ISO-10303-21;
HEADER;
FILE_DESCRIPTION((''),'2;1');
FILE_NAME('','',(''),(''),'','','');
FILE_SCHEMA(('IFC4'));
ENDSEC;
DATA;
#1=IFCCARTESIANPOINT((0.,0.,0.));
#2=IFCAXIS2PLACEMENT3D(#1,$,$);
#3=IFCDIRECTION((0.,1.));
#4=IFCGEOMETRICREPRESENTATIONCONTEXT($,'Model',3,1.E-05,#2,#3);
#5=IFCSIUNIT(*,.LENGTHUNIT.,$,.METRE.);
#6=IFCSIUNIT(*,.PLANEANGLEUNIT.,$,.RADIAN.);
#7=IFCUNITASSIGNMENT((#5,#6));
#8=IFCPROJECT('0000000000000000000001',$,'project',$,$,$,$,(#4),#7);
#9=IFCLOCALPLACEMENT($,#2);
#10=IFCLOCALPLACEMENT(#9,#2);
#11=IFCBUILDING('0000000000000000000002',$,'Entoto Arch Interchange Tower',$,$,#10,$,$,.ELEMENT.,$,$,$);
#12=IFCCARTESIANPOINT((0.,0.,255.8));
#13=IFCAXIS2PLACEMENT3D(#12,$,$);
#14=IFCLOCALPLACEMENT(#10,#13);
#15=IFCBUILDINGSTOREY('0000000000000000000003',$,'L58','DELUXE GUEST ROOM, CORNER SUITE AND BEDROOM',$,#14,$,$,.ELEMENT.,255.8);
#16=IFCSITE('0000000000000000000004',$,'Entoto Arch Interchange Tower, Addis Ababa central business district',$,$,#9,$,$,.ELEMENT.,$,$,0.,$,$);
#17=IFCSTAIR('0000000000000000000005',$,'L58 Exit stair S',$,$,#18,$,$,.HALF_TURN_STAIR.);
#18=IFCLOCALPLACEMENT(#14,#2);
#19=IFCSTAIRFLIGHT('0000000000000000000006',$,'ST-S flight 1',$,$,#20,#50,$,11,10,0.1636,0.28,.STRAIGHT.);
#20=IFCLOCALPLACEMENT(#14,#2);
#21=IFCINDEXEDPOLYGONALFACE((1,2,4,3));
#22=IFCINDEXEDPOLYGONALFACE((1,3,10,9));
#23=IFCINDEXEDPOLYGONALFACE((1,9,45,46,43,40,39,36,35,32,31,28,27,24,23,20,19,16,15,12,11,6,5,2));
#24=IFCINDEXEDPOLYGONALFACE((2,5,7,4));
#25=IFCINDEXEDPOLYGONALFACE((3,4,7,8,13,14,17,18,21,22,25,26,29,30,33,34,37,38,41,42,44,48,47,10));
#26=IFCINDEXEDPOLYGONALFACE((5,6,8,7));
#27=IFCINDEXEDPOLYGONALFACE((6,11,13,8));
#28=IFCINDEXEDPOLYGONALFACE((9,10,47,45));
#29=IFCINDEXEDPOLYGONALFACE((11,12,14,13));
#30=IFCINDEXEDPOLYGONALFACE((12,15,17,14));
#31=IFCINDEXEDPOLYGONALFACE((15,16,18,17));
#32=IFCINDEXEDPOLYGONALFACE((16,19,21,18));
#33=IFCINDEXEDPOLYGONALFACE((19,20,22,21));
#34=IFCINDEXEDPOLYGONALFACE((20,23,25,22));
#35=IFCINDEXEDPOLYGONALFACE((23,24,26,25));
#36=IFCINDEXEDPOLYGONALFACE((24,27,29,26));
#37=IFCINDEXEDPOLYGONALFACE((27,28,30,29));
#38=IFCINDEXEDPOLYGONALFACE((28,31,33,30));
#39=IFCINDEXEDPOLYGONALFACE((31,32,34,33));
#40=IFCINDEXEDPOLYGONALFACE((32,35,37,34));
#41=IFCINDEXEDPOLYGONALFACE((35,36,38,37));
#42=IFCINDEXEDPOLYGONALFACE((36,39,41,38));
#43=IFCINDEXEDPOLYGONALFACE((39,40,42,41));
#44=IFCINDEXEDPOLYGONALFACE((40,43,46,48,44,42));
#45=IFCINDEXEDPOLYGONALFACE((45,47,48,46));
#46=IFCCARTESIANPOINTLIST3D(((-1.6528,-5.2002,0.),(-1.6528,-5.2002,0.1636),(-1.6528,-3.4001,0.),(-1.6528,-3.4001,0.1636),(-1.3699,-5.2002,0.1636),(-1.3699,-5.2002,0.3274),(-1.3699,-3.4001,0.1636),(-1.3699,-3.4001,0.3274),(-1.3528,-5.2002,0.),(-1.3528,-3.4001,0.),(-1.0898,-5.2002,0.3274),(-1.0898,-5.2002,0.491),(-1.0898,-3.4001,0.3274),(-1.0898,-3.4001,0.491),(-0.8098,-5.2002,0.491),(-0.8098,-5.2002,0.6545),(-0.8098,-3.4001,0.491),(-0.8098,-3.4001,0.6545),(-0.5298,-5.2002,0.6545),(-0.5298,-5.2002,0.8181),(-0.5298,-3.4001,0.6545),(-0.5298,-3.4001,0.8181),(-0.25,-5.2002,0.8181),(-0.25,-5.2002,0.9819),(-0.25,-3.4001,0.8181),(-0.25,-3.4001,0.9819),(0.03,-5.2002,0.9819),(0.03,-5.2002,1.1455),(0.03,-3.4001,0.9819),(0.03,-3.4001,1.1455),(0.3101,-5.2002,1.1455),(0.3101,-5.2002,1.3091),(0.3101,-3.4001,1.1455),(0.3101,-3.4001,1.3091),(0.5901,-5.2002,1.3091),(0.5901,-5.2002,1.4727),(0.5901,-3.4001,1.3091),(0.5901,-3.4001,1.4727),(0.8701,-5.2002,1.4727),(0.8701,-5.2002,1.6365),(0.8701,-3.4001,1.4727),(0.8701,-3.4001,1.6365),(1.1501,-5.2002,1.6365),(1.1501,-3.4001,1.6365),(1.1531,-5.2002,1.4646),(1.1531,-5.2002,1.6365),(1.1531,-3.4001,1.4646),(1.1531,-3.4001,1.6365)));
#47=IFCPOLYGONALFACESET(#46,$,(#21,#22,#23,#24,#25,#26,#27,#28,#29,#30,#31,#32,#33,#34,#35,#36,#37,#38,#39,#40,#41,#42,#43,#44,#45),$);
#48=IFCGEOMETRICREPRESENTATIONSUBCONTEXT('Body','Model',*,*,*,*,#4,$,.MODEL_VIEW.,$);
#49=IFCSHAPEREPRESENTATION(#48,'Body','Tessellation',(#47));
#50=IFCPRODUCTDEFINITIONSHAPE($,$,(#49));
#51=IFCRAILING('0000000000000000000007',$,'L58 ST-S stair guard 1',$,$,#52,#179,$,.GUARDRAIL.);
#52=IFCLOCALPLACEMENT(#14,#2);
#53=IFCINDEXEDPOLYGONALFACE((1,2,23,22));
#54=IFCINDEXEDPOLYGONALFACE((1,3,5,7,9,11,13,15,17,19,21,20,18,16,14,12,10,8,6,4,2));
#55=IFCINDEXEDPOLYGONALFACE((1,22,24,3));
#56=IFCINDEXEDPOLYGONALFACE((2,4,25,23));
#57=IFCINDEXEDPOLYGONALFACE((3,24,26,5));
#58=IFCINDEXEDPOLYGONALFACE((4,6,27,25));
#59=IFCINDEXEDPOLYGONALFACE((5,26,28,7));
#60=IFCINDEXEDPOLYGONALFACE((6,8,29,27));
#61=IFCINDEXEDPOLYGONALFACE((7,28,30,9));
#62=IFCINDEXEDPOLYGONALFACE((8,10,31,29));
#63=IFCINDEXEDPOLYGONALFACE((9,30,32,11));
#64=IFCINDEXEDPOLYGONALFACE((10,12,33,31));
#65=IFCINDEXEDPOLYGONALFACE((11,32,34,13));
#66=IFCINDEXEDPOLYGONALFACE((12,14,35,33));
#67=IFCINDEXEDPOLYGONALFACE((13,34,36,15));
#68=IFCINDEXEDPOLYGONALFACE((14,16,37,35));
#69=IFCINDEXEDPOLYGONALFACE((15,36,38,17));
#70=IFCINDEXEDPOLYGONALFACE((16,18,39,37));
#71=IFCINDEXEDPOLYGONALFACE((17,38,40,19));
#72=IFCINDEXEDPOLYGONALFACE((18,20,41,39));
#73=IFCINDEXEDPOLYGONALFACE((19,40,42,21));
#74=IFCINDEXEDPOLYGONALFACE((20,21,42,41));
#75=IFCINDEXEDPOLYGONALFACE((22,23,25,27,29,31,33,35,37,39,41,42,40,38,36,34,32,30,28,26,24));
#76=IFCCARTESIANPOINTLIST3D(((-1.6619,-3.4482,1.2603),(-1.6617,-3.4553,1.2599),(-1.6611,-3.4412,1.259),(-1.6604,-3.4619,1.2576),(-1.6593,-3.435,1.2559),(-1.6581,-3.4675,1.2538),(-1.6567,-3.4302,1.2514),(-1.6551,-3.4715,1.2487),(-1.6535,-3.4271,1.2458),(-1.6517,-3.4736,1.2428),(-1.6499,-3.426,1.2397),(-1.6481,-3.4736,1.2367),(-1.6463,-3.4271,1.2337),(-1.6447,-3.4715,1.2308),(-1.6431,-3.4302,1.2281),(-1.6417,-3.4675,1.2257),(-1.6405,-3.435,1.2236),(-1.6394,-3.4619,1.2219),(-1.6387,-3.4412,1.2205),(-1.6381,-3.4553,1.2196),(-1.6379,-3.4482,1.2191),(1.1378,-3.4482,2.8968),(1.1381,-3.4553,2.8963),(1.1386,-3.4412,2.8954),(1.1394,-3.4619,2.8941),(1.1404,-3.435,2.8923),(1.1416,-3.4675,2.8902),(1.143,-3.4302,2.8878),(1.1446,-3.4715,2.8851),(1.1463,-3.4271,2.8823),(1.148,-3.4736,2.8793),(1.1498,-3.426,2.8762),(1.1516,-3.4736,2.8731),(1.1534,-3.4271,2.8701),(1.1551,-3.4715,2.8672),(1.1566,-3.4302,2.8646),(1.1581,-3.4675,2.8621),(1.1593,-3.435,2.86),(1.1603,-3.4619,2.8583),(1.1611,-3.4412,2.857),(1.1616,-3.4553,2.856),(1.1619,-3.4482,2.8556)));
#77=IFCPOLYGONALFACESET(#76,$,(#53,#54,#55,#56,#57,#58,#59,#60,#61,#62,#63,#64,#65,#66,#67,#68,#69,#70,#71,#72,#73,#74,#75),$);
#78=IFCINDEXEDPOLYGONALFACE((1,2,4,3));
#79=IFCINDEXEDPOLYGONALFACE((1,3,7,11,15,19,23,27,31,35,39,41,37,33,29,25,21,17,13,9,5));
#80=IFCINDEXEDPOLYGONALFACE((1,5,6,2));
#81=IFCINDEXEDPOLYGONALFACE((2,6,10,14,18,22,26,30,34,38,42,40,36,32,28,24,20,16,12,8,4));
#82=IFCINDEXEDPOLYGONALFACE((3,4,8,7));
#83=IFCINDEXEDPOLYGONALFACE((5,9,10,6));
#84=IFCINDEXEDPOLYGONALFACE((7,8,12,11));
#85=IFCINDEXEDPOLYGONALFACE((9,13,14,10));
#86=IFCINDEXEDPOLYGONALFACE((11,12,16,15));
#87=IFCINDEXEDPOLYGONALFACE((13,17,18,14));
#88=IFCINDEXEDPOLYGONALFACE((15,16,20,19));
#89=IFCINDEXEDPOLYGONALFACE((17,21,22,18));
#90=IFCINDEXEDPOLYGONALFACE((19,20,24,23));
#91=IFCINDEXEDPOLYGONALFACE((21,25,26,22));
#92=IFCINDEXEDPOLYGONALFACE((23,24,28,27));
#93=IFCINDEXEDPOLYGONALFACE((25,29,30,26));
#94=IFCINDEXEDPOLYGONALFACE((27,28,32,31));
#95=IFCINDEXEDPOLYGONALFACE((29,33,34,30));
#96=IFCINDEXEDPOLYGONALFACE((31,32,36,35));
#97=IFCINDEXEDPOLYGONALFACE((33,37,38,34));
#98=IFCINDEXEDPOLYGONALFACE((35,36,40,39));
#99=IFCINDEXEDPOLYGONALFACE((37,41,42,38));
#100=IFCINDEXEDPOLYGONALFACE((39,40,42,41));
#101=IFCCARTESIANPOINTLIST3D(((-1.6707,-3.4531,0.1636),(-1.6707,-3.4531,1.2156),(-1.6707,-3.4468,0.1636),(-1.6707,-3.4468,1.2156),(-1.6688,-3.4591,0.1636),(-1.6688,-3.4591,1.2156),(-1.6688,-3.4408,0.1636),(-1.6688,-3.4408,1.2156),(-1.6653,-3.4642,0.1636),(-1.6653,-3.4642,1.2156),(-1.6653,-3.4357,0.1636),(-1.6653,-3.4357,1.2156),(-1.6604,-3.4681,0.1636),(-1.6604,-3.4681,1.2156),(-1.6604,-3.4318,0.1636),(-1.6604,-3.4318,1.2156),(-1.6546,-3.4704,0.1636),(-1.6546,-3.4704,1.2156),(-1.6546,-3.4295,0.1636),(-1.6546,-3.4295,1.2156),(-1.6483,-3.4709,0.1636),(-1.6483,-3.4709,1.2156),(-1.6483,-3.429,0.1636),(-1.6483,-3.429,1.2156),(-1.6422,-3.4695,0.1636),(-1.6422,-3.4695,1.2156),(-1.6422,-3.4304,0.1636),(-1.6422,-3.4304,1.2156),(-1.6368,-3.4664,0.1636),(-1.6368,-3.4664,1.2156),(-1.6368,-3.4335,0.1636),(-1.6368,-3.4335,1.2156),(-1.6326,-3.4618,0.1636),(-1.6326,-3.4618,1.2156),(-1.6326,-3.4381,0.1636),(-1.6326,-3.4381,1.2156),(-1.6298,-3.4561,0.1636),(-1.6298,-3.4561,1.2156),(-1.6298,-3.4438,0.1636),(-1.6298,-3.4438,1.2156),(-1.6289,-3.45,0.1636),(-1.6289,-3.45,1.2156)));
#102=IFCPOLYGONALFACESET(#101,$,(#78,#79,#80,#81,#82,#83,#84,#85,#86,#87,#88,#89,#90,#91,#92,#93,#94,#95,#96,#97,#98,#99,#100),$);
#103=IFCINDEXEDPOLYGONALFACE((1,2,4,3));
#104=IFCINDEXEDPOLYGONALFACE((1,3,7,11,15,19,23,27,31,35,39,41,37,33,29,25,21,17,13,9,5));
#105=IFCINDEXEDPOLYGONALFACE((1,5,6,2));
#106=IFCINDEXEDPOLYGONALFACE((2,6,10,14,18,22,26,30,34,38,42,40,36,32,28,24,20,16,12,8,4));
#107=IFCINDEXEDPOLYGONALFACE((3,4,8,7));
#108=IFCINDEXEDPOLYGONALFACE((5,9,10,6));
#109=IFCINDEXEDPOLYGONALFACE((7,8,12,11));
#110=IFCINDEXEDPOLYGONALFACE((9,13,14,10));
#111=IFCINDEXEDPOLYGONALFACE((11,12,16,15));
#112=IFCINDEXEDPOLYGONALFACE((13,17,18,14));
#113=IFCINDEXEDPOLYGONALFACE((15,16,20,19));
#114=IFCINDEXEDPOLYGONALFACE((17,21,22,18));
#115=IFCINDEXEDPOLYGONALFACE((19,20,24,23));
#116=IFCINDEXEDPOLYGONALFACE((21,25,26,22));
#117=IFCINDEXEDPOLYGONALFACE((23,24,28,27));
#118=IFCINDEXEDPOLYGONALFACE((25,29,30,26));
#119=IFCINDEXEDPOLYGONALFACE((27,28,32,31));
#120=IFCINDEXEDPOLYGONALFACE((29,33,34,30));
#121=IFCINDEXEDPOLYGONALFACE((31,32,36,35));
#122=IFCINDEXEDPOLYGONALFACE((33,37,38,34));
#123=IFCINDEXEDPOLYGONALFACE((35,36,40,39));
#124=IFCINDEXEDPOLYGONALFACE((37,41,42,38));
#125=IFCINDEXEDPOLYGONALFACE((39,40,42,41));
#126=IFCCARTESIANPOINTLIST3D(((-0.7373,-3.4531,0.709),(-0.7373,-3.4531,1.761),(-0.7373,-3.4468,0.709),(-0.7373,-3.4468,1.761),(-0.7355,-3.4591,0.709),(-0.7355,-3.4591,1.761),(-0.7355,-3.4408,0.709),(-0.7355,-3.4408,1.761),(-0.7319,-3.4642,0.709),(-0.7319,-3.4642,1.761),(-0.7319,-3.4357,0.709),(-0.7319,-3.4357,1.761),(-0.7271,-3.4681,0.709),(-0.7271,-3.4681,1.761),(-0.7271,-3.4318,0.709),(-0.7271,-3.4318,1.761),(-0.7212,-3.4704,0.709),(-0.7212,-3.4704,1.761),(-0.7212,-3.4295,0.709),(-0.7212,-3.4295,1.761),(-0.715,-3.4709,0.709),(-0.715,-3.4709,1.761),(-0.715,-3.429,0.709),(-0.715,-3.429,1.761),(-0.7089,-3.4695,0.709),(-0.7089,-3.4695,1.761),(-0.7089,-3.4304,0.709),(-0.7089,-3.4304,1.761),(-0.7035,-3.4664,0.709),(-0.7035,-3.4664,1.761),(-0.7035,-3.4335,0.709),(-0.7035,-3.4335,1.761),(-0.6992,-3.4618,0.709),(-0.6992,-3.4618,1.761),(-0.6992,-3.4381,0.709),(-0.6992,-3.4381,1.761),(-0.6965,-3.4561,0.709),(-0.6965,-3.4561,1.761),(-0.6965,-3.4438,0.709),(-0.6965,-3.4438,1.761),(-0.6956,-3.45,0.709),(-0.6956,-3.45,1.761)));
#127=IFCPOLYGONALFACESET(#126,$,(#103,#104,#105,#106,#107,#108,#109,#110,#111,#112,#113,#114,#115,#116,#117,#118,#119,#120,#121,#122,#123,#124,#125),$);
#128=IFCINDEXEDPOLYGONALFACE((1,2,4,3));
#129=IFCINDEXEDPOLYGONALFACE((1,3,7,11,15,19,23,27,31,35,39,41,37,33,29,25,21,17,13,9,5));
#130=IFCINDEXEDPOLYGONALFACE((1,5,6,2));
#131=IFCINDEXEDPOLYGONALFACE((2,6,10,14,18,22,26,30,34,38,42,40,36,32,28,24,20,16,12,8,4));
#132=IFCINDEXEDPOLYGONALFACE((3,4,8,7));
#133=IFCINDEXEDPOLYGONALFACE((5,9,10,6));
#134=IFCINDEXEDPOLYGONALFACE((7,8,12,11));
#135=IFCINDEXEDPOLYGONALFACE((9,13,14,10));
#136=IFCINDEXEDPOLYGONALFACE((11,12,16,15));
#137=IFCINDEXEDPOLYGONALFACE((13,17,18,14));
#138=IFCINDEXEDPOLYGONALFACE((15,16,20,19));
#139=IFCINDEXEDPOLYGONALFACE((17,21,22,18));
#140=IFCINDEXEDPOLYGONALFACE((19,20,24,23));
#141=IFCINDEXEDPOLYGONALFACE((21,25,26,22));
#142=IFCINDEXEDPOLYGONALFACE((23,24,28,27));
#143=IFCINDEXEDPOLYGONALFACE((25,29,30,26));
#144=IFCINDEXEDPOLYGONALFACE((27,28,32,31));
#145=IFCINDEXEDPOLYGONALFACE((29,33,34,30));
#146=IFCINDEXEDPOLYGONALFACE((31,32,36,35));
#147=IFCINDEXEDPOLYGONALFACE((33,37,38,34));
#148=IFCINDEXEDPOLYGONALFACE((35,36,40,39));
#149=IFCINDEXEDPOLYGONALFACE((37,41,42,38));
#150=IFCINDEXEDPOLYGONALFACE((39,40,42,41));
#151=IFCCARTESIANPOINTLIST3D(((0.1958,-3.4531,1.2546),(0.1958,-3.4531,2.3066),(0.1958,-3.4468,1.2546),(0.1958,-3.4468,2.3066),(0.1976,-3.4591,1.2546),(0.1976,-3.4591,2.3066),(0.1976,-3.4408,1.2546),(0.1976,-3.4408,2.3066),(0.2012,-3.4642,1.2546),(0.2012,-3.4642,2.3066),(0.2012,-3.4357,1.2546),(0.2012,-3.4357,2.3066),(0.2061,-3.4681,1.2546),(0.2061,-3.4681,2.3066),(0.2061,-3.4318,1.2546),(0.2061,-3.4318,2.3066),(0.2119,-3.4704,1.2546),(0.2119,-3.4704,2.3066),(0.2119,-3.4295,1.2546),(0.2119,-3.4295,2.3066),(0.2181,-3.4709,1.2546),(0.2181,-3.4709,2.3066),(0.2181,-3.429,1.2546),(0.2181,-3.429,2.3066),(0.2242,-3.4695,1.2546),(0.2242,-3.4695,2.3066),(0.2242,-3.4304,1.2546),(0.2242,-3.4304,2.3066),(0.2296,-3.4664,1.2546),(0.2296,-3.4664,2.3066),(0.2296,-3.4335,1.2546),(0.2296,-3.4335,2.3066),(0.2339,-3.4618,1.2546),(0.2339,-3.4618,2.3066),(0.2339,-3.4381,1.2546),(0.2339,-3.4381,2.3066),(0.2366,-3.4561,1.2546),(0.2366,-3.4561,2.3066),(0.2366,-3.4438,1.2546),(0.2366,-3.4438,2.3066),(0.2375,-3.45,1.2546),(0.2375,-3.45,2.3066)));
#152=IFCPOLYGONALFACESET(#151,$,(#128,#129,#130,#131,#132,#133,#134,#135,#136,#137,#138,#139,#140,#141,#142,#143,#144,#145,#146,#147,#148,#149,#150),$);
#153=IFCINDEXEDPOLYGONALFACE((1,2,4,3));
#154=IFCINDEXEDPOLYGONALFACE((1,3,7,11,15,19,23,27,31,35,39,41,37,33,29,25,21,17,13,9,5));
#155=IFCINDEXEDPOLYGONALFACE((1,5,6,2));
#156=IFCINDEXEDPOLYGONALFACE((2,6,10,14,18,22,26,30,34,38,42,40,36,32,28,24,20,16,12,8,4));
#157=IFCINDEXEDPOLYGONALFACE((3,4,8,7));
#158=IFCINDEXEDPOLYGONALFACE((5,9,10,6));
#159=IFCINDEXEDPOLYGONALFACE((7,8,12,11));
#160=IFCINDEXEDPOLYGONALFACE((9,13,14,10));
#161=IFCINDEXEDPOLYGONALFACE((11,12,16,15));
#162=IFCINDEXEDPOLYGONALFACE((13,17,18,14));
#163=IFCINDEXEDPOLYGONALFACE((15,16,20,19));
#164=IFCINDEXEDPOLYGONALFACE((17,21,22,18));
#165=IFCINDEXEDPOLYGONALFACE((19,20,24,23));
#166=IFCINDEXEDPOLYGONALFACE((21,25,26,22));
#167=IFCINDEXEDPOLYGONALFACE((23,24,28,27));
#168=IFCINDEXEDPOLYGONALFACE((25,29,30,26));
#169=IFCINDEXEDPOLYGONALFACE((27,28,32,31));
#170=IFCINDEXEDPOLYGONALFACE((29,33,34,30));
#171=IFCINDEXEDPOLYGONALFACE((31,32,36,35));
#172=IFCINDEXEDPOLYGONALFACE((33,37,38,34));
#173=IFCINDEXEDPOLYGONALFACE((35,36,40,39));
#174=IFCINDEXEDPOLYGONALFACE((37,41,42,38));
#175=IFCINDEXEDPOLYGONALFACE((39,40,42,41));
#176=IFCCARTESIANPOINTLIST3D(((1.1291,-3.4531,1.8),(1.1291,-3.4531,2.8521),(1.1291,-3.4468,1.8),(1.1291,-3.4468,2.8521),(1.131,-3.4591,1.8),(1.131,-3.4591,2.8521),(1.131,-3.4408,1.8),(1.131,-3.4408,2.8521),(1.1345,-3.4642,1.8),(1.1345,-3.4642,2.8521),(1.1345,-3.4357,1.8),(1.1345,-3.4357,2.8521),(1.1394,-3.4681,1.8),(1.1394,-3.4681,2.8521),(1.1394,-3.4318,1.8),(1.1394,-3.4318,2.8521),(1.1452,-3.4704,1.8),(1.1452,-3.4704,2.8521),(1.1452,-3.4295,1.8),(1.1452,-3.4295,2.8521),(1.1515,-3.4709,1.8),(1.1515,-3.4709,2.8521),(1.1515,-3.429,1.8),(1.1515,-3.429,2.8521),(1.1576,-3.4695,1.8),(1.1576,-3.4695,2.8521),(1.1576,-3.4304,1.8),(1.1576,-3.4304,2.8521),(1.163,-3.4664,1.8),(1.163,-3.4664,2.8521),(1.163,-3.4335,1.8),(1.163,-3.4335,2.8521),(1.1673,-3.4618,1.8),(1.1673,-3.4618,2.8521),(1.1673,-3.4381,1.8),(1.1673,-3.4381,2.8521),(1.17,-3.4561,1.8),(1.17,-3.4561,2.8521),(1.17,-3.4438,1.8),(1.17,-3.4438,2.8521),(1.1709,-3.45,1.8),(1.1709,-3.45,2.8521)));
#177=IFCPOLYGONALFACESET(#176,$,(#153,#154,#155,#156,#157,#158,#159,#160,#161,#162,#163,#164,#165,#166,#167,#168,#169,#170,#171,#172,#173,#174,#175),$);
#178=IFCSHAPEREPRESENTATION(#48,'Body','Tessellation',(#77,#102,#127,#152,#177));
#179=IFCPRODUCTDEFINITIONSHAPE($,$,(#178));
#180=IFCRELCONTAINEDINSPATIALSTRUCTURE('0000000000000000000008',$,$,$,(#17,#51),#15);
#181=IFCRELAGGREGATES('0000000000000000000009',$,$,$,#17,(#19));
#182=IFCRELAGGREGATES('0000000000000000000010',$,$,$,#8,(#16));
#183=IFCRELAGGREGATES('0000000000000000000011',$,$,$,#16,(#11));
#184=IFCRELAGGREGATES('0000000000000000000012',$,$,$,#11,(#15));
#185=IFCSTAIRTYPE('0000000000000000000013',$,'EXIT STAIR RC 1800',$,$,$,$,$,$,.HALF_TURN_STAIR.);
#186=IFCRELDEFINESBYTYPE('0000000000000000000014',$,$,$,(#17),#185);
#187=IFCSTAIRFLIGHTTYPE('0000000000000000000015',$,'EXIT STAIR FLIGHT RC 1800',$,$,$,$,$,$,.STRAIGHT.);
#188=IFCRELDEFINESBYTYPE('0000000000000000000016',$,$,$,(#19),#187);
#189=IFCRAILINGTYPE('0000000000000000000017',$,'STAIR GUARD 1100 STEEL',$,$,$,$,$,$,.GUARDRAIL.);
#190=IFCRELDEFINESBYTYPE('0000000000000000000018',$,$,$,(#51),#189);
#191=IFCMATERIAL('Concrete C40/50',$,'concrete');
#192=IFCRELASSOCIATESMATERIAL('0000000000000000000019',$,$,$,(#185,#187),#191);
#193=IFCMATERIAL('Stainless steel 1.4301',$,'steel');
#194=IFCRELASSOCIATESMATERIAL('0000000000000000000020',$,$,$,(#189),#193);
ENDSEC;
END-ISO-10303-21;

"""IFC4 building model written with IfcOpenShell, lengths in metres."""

from ifc_helpers import new_model, si_unit, direction, frame, origin, origin_2d, place, context, subcontext, project, spatial, polyline, circle, outline, extrude, material, type_object, element, aggregate, save


model = new_model("IFC4")

# Units and contexts
model_context = context("Model", 3, precision=1e-05, world=origin(), true_north=direction((0.0, 1.0)))
body_context = subcontext(model_context, "Body", "Model", "MODEL_VIEW")
ifc_project = project(units=[si_unit("LENGTHUNIT", "METRE"), si_unit("PLANEANGLEUNIT", "RADIAN")], contexts=[model_context])

# Site, building, storey
site_placement = place(None, origin())
site = spatial("IfcSite", under=ifc_project, at=site_placement, Name="Entoto Arch Interchange Tower, Addis Ababa central business district", CompositionType="ELEMENT", RefElevation=0.0)
building_placement = place(site_placement, origin())
building = spatial("IfcBuilding", under=site, at=building_placement, Name="Entoto Arch Interchange Tower", CompositionType="ELEMENT")
storey_placement = place(building_placement, frame((0.0, 0.0, 255.8)))
storey = spatial("IfcBuildingStorey", under=building, at=storey_placement, Name="L58", Description="DELUXE GUEST ROOM, CORNER SUITE AND BEDROOM", CompositionType="ELEMENT", Elevation=255.8)

# Shared definitions
ifc_material_1 = material(Name="Concrete C40/50", Category="concrete")

# Stair, stair flight
stair_type = type_object("IfcStairType", Name="EXIT STAIR RC 1800", PredefinedType="HALF_TURN_STAIR", material=ifc_material_1)
stair_placement = place(storey_placement, origin())
stair = element("IfcStair", 1, at=stair_placement, inside=storey, type_object=stair_type, Name="L58 Exit stair S", PredefinedType="HALF_TURN_STAIR")
stair_flight_type = type_object("IfcStairFlightType", Name="EXIT STAIR FLIGHT RC 1800", PredefinedType="STRAIGHT", material=ifc_material_1)
stair_flight_placement = place(storey_placement, frame((-1.6499, -4.3, 0.0), z_axis=(0.0, 0.0, 1.0), x_axis=(1.0, 0.0, 0.0)))
stair_flight = element("IfcStairFlight", 2, at=stair_flight_placement, type_object=stair_flight_type, Name="ST-S flight 1", NumberOfRisers=11, NumberOfTreads=10, PredefinedType="STRAIGHT", RiserHeight=0.1636, TreadLength=0.28, context=body_context, shape_type="SweptSolid", body=[
    extrude(outline(polyline([(-0.0029, 0.0), (-0.0029, 0.1636), (0.28, 0.1636), (0.28, 0.3274), (0.5601, 0.3274), (0.5601, 0.491), (0.8401, 0.491), (0.8401, 0.6545), (1.1201, 0.6545), (1.1201, 0.8181), (1.3999, 0.8181), (1.3999, 0.9819), (1.6799, 0.9819), (1.6799, 1.1455), (1.96, 1.1455), (1.96, 1.3091), (2.24, 1.3091), (2.24, 1.4727), (2.52, 1.4727), (2.52, 1.6365), (2.8, 1.6365), (2.803, 1.6365), (2.803, 1.4646), (0.2971, 0.0), (-0.0029, 0.0)])), frame((0.0, 0.8999, 0.0), z_axis=(0.0, -1.0, 0.0), x_axis=(1.0, 0.0, 0.0)), (0.0, 0.0, 1.0), 1.8),
])
aggregate(stair, [stair_flight])

# Railing
ifc_material_2 = material(Name="Stainless steel 1.4301", Category="steel")
railing_type_1 = type_object("IfcRailingType", Name="STAIR GUARD 1100 STEEL", PredefinedType="GUARDRAIL", material=ifc_material_2)
railing_1_placement = place(storey_placement, frame((-1.6499, -3.45, 0.1636)))
element("IfcRailing", 3, at=railing_1_placement, inside=storey, type_object=railing_type_1, Name="L58 ST-S stair guard 1", PredefinedType="GUARDRAIL", context=body_context, shape_type="SweptSolid", body=[
    extrude(circle(Radius=0.0239, at=origin_2d()), frame((0.0, 0.0, 1.0762), z_axis=(0.863342, 0.0, 0.50462), x_axis=(0.0, 1.0, 0.0)), (0.0, 0.0, 1.0), 3.2429),
    extrude(circle(Radius=0.021, at=origin_2d()), origin(), (0.0, 0.0, 1.0), 1.052),
    extrude(circle(Radius=0.021, at=origin_2d()), frame((0.9333, 0.0, 0.5454)), (0.0, 0.0, 1.0), 1.052),
    extrude(circle(Radius=0.021, at=origin_2d()), frame((1.8665, 0.0, 1.0911)), (0.0, 0.0, 1.0), 1.052),
    extrude(circle(Radius=0.021, at=origin_2d()), frame((2.7998, 0.0, 1.6365)), (0.0, 0.0, 1.0), 1.052),
])

save(model, "model.ifc")
